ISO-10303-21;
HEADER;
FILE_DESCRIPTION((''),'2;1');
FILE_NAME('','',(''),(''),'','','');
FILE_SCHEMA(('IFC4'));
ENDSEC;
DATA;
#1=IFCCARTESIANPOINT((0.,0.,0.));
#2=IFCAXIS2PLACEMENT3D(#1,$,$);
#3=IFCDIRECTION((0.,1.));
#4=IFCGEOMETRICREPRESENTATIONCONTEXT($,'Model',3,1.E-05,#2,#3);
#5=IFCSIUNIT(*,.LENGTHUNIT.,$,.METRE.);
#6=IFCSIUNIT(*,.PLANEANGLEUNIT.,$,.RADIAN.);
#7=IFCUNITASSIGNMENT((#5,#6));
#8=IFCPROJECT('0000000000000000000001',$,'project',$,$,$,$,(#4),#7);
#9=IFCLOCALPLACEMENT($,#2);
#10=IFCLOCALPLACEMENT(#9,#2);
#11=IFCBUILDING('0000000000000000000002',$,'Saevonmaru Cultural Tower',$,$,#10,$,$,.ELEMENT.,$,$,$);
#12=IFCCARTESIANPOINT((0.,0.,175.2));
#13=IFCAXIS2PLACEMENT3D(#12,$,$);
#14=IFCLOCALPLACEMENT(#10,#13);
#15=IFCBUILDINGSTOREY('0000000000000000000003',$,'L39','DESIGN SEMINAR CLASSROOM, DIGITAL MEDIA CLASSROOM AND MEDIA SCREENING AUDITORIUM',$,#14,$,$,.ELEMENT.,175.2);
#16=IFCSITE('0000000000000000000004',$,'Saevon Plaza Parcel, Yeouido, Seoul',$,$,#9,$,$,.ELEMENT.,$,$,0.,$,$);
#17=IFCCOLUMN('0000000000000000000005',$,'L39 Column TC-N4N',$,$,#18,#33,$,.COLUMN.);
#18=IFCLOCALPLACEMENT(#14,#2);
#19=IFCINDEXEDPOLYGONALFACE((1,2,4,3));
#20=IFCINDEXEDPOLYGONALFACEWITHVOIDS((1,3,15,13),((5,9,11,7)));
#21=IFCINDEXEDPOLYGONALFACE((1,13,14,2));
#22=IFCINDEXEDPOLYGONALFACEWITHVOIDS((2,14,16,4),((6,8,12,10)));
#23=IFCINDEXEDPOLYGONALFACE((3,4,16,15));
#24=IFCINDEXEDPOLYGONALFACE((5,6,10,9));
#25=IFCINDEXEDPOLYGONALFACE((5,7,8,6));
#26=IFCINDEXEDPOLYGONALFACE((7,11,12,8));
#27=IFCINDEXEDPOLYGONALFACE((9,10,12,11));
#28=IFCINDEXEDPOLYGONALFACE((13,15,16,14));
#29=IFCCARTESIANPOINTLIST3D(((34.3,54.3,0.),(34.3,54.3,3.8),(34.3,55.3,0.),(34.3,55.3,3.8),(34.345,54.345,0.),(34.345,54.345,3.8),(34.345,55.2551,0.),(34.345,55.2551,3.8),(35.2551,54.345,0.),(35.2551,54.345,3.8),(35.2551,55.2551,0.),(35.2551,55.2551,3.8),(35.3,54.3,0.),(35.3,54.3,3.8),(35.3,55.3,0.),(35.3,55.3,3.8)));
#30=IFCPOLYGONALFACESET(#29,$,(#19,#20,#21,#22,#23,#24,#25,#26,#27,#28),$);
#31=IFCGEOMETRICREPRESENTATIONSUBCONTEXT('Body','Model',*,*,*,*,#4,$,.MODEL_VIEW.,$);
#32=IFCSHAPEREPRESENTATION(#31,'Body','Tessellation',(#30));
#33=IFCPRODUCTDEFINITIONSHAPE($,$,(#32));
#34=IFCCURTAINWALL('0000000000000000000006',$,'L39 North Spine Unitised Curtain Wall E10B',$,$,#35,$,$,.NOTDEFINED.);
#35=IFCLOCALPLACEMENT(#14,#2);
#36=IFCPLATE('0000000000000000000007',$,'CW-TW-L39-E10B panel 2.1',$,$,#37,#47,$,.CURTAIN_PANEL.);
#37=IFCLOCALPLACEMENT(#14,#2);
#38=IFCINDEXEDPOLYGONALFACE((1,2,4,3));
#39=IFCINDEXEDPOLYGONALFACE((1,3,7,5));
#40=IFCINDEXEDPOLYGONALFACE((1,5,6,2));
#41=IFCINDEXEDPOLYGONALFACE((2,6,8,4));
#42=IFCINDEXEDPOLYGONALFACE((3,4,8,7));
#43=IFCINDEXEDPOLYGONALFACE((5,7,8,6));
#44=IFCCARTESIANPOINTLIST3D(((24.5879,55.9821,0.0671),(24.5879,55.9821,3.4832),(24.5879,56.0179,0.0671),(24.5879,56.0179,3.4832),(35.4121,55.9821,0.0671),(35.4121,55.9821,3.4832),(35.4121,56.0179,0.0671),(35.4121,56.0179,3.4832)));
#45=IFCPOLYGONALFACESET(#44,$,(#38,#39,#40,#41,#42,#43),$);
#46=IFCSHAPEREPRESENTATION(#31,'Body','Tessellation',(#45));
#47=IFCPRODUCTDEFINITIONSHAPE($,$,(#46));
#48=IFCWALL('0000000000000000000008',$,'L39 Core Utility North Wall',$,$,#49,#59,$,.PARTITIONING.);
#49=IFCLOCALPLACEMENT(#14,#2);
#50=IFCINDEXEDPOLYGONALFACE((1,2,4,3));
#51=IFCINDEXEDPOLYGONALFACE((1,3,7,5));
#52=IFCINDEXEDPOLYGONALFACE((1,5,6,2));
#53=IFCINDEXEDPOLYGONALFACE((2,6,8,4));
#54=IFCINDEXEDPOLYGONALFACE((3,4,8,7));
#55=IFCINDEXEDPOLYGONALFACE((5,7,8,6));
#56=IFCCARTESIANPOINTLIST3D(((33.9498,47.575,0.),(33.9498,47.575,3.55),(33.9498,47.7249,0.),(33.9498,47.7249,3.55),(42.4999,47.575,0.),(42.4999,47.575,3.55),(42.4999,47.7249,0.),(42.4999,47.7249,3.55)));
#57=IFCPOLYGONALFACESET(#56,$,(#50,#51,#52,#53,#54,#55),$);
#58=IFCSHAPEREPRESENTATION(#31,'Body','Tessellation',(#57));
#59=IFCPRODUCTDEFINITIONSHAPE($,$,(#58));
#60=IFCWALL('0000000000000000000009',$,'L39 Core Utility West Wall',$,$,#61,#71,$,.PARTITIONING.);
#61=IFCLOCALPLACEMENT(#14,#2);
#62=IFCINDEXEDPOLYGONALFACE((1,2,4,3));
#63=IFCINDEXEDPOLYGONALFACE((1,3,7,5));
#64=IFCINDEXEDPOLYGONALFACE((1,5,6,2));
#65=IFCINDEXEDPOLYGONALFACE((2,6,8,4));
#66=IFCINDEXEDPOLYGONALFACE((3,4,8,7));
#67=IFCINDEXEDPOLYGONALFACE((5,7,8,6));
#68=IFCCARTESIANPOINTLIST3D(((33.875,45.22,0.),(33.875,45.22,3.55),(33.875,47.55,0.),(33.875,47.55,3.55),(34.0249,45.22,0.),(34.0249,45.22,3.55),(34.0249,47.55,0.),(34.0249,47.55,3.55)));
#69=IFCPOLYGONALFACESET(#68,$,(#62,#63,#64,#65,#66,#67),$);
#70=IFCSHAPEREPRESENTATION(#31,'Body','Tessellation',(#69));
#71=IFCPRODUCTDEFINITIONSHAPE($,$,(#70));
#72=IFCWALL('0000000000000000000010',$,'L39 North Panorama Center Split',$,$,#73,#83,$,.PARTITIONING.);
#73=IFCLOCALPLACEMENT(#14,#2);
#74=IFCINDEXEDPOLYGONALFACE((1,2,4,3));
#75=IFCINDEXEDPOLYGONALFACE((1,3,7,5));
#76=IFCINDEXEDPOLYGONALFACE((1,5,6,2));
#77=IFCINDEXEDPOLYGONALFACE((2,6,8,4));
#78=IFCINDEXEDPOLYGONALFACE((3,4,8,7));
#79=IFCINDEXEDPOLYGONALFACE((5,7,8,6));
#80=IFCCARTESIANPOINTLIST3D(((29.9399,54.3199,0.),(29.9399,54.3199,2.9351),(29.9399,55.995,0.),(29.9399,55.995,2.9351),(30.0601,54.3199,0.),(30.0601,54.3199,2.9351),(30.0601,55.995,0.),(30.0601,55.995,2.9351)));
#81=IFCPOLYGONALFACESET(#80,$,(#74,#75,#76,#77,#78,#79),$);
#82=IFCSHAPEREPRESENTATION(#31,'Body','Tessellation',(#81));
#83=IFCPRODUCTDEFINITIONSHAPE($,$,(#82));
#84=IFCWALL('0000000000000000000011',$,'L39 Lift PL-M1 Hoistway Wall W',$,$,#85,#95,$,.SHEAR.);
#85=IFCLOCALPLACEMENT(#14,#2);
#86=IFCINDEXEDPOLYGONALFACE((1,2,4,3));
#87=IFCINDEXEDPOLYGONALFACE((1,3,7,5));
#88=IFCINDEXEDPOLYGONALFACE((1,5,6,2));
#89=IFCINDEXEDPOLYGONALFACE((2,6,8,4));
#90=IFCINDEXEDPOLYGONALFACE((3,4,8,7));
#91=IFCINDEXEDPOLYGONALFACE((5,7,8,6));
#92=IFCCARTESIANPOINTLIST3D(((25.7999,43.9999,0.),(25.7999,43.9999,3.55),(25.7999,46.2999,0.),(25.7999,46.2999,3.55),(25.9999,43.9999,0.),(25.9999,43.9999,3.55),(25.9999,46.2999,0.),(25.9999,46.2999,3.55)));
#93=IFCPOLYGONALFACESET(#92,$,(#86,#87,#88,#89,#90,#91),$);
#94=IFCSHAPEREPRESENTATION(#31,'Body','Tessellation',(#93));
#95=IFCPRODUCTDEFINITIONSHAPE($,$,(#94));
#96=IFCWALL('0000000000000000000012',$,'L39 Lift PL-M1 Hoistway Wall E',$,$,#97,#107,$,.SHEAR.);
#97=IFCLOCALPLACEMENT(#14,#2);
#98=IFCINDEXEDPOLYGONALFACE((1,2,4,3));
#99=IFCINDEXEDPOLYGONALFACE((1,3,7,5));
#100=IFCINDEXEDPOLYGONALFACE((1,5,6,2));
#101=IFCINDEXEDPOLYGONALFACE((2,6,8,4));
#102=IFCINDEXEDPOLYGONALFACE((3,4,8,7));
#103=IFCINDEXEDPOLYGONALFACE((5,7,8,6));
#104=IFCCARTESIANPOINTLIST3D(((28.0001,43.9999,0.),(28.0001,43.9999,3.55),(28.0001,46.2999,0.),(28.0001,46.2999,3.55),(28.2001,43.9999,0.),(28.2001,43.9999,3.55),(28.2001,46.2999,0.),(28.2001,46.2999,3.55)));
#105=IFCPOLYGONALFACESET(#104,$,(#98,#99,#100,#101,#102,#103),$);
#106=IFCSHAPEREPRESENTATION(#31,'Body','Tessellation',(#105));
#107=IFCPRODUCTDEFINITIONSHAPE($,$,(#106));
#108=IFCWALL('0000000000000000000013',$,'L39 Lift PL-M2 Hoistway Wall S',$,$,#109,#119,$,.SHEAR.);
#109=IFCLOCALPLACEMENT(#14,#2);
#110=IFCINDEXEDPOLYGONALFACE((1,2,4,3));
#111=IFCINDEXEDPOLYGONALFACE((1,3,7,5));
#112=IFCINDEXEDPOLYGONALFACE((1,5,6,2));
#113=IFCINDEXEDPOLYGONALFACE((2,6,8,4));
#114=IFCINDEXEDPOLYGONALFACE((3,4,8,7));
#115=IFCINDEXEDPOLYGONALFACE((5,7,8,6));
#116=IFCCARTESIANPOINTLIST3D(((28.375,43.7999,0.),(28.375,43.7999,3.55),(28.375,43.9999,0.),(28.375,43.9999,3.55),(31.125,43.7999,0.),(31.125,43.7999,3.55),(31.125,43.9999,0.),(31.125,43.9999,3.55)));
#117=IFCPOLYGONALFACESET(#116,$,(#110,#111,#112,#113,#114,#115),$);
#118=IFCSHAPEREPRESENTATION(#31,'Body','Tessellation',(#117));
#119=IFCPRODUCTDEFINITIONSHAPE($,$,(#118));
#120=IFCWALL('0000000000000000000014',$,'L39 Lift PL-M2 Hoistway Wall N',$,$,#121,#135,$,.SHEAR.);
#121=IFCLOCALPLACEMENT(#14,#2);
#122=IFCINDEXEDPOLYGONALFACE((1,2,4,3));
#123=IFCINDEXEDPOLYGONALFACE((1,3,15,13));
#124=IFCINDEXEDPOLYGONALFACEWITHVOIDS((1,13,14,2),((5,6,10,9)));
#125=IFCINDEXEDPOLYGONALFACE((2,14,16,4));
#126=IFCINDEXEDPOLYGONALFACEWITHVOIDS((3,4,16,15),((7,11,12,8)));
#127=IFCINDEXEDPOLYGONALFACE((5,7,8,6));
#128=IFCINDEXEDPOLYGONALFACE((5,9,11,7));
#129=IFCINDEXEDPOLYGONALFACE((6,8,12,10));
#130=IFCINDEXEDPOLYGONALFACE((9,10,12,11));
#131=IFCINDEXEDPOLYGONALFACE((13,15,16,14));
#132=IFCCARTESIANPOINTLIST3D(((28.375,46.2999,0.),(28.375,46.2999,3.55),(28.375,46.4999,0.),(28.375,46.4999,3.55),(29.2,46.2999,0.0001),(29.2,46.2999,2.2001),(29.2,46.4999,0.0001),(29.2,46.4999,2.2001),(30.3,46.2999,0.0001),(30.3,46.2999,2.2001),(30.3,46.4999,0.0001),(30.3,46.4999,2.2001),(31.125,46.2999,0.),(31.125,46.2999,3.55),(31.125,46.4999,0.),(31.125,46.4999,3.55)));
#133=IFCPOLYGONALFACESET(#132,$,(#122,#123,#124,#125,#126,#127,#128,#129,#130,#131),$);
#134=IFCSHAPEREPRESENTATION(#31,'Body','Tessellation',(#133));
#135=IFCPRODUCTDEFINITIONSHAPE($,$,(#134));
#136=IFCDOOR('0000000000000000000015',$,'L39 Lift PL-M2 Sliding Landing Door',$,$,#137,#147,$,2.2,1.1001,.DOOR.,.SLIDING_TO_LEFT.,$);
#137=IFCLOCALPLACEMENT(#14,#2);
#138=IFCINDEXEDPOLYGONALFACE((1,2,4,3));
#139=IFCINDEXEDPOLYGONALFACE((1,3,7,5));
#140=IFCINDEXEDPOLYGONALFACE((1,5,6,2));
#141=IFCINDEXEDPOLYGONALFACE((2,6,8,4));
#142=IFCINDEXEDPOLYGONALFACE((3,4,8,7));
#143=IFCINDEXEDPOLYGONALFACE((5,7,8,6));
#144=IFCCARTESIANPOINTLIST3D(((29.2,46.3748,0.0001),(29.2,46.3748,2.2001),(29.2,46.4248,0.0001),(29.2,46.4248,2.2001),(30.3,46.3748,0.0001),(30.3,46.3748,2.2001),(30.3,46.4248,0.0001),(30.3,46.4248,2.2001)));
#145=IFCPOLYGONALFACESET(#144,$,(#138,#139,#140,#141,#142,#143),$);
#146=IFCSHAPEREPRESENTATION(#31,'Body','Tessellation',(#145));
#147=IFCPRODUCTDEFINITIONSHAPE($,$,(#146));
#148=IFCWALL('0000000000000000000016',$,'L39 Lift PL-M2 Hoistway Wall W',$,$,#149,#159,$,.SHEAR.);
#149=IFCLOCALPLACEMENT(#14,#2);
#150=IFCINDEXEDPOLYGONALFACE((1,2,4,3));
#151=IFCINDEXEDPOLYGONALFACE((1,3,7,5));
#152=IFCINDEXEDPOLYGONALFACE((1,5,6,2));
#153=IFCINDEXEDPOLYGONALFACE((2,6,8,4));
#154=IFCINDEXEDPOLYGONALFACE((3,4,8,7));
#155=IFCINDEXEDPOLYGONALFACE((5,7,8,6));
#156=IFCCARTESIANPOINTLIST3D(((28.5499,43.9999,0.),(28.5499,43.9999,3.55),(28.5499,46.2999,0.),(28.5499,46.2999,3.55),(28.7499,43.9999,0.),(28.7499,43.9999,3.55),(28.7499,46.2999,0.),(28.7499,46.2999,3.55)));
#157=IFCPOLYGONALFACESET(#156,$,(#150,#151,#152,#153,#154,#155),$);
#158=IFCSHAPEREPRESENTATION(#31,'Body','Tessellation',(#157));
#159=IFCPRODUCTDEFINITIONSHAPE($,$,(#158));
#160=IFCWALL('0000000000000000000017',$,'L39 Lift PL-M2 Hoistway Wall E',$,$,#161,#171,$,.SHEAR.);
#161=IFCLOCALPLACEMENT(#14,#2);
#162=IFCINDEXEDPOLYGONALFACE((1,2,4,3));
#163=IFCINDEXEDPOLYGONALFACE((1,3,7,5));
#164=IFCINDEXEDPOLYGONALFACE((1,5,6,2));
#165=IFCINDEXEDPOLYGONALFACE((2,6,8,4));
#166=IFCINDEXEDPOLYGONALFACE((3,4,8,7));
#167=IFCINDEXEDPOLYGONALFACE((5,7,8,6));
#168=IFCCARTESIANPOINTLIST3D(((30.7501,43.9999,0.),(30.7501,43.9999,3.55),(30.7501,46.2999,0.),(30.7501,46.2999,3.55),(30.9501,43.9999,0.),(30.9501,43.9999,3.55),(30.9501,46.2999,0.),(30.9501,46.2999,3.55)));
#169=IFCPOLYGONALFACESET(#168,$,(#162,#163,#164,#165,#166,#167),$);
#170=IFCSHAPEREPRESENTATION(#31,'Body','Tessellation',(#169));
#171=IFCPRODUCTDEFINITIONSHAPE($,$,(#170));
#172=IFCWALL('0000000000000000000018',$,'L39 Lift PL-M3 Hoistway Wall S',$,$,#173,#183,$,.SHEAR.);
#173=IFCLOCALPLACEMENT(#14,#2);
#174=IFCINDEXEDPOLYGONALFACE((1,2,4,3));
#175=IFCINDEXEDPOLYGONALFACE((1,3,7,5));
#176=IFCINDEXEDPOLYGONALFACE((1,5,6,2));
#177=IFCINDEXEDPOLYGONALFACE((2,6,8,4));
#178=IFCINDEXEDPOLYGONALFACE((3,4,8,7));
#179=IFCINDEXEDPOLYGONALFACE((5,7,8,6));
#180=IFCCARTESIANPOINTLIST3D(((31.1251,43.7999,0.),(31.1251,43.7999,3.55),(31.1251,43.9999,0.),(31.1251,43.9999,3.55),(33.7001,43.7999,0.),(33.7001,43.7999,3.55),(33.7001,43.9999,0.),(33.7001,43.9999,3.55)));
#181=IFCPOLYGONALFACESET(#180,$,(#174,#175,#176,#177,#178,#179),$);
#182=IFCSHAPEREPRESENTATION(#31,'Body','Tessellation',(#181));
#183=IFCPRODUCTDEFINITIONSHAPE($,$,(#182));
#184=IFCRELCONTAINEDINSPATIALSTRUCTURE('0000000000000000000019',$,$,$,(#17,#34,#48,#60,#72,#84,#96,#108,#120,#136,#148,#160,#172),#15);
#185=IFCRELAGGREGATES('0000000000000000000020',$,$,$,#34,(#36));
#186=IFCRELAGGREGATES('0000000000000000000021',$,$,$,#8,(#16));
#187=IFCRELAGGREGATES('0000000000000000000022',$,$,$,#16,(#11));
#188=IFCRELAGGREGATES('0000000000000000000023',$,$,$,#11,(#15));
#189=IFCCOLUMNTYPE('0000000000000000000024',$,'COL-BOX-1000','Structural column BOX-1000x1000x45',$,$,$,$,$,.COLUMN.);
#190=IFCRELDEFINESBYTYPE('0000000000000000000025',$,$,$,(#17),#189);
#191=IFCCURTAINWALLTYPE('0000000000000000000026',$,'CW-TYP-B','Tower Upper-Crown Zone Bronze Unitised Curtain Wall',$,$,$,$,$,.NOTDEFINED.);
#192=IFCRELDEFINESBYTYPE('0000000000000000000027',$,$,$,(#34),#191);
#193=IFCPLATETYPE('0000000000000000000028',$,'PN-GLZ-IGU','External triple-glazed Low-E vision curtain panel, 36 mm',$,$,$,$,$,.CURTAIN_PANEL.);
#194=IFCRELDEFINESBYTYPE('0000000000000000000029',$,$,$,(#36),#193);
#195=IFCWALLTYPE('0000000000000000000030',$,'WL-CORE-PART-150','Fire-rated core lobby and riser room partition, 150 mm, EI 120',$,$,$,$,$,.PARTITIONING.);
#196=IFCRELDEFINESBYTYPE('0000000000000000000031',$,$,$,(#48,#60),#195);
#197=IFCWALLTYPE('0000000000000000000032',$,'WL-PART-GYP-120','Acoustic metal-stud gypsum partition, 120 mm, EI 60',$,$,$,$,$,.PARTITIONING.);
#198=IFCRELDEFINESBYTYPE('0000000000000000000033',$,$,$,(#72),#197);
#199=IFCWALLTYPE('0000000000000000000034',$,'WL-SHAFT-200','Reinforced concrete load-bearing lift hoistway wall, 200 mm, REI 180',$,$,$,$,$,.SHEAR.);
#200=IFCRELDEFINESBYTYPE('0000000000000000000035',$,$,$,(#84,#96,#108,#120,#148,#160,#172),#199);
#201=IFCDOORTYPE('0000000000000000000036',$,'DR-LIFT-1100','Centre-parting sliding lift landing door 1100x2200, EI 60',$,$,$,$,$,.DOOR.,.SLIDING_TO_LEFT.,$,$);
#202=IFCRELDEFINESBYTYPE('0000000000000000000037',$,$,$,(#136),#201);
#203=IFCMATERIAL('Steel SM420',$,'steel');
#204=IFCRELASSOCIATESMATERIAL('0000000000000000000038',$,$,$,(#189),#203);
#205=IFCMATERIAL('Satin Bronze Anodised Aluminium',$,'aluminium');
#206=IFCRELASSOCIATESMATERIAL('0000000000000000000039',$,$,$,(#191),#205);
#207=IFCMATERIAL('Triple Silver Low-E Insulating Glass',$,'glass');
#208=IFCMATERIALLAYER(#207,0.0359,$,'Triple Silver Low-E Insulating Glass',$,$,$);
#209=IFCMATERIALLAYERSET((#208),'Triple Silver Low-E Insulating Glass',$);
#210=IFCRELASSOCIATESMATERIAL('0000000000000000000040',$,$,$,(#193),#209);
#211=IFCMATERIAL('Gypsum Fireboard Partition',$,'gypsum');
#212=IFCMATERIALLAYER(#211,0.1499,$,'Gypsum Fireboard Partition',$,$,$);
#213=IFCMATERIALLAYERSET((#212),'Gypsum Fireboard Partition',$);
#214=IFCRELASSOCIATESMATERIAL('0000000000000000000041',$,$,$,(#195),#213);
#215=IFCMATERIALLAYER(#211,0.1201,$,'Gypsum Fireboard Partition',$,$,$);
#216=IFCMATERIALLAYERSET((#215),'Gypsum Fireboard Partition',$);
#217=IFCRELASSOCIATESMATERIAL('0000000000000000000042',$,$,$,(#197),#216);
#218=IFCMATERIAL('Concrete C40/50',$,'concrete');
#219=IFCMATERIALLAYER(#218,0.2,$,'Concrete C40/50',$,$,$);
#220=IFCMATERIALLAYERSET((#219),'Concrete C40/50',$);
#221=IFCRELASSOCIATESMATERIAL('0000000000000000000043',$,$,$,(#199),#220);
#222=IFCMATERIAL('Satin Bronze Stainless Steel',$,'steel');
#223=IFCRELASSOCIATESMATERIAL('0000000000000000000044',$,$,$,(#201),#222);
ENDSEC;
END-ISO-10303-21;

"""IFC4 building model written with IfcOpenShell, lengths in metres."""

from ifc_helpers import new_model, si_unit, direction, frame, frame_2d, origin, origin_2d, place, context, subcontext, project, spatial, rectangle, hollow_rectangle, extrude, material, layer, layer_set, material_profile, profile_set, type_object, element, fill, aggregate, save


model = new_model("IFC4")

# Units and contexts
model_context = context("Model", 3, precision=1e-05, world=origin(), true_north=direction((0.0, 1.0)))
body_context = subcontext(model_context, "Body", "Model", "MODEL_VIEW")
ifc_project = project(units=[si_unit("LENGTHUNIT", "METRE"), si_unit("PLANEANGLEUNIT", "RADIAN")], contexts=[model_context])

# Site, building, storey
site_placement = place(None, origin())
site = spatial("IfcSite", under=ifc_project, at=site_placement, Name="Saevon Plaza Parcel, Yeouido, Seoul", CompositionType="ELEMENT", RefElevation=0.0)
building_placement = place(site_placement, origin())
building = spatial("IfcBuilding", under=site, at=building_placement, Name="Saevonmaru Cultural Tower", CompositionType="ELEMENT")
storey_placement = place(building_placement, frame((0.0, 0.0, 175.2)))
storey = spatial("IfcBuildingStorey", under=building, at=storey_placement, Name="L39", Description="DESIGN SEMINAR CLASSROOM, DIGITAL MEDIA CLASSROOM AND MEDIA SCREENING AUDITORIUM", CompositionType="ELEMENT", Elevation=175.2)

# Column
ifc_material_1 = material(Name="Steel SM420", Category="steel")
ifc_material_profile = material_profile(ifc_material_1, hollow_rectangle(XDim=1.0, YDim=1.0, WallThickness=0.0449, at=origin_2d()), Name="BOX-1000x1000x45")
ifc_profile_set = profile_set([ifc_material_profile], Name="Steel SM420")
column_type = type_object("IfcColumnType", Name="COL-BOX-1000", Description="Structural column BOX-1000x1000x45", PredefinedType="COLUMN", material=ifc_profile_set)
column_placement = place(storey_placement, frame((34.8, 54.8, 0.0), z_axis=(0.0, 0.0, 1.0), x_axis=(1.0, 0.0, 0.0)))
element("IfcColumn", 1, at=column_placement, inside=storey, type_object=column_type, Name="L39 Column TC-N4N", PredefinedType="COLUMN", context=body_context, shape_type="SweptSolid", body=[
    extrude(hollow_rectangle(XDim=1.0, YDim=1.0, WallThickness=0.0449, at=origin_2d()), origin(), (0.0, 0.0, 1.0), 3.8),
])

# Curtain wall, plate
ifc_material_2 = material(Name="Satin Bronze Anodised Aluminium", Category="aluminium")
curtain_wall_type = type_object("IfcCurtainWallType", Name="CW-TYP-B", Description="Tower Upper-Crown Zone Bronze Unitised Curtain Wall", PredefinedType="NOTDEFINED", material=ifc_material_2)
curtain_wall_placement = place(storey_placement, origin())
curtain_wall = element("IfcCurtainWall", 2, at=curtain_wall_placement, inside=storey, type_object=curtain_wall_type, Name="L39 North Spine Unitised Curtain Wall E10B", PredefinedType="NOTDEFINED")
ifc_material_3 = material(Name="Triple Silver Low-E Insulating Glass", Category="glass")
ifc_layer_1 = layer(ifc_material_3, 0.0359, Name="Triple Silver Low-E Insulating Glass")
ifc_layer_set_1 = layer_set([ifc_layer_1], Name="Triple Silver Low-E Insulating Glass")
plate_type = type_object("IfcPlateType", Name="PN-GLZ-IGU", Description="External triple-glazed Low-E vision curtain panel, 36 mm", PredefinedType="CURTAIN_PANEL", material=ifc_layer_set_1)
plate_placement = place(storey_placement, frame((30.0, 56.0, 0.0671), z_axis=(0.0, 0.0, 1.0), x_axis=(-1.0, 0.0, 0.0)))
plate = element("IfcPlate", 3, at=plate_placement, type_object=plate_type, Name="CW-TW-L39-E10B panel 2.1", PredefinedType="CURTAIN_PANEL", context=body_context, shape_type="SweptSolid", body=[
    extrude(rectangle(XDim=10.8242, YDim=0.0359, at=origin_2d()), origin(), (0.0, 0.0, 1.0), 3.416),
])
aggregate(curtain_wall, [plate])

# Shared definitions
ifc_material_4 = material(Name="Gypsum Fireboard Partition", Category="gypsum")
ifc_layer_2 = layer(ifc_material_4, 0.1499, Name="Gypsum Fireboard Partition")
ifc_layer_set_2 = layer_set([ifc_layer_2], Name="Gypsum Fireboard Partition")
wall_type_1 = type_object("IfcWallType", Name="WL-CORE-PART-150", Description="Fire-rated core lobby and riser room partition, 150 mm, EI 120", PredefinedType="PARTITIONING", material=ifc_layer_set_2)

# Walls
wall_1_placement = place(storey_placement, frame((33.95, 47.6499, 0.0), z_axis=(0.0, 0.0, 1.0), x_axis=(1.0, 0.0, 0.0)))
element("IfcWall", 4, at=wall_1_placement, inside=storey, type_object=wall_type_1, Name="L39 Core Utility North Wall", PredefinedType="PARTITIONING", context=body_context, shape_type="SweptSolid", body=[
    extrude(rectangle(XDim=8.55, YDim=0.1499, at=frame_2d((4.2749, 0.0))), origin(), (0.0, 0.0, 1.0), 3.55),
])
wall_2_placement = place(storey_placement, frame((33.95, 45.22, 0.0), z_axis=(0.0, 0.0, 1.0), x_axis=(0.0, 1.0, 0.0)))
element("IfcWall", 5, at=wall_2_placement, inside=storey, type_object=wall_type_1, Name="L39 Core Utility West Wall", PredefinedType="PARTITIONING", context=body_context, shape_type="SweptSolid", body=[
    extrude(rectangle(XDim=2.3301, YDim=0.1499, at=frame_2d((1.165, 0.0))), origin(), (0.0, 0.0, 1.0), 3.55),
])
ifc_layer_3 = layer(ifc_material_4, 0.1201, Name="Gypsum Fireboard Partition")
ifc_layer_set_3 = layer_set([ifc_layer_3], Name="Gypsum Fireboard Partition")
wall_type_2 = type_object("IfcWallType", Name="WL-PART-GYP-120", Description="Acoustic metal-stud gypsum partition, 120 mm, EI 60", PredefinedType="PARTITIONING", material=ifc_layer_set_3)
wall_3_placement = place(storey_placement, frame((30.0, 54.3201, 0.0), z_axis=(0.0, 0.0, 1.0), x_axis=(0.0, 1.0, 0.0)))
element("IfcWall", 6, at=wall_3_placement, inside=storey, type_object=wall_type_2, Name="L39 North Panorama Center Split", PredefinedType="PARTITIONING", context=body_context, shape_type="SweptSolid", body=[
    extrude(rectangle(XDim=1.675, YDim=0.1201, at=frame_2d((0.8374, 0.0))), origin(), (0.0, 0.0, 1.0), 2.9351),
])
ifc_material_5 = material(Name="Concrete C40/50", Category="concrete")
ifc_layer_4 = layer(ifc_material_5, 0.2, Name="Concrete C40/50")
ifc_layer_set_4 = layer_set([ifc_layer_4], Name="Concrete C40/50")
wall_type_3 = type_object("IfcWallType", Name="WL-SHAFT-200", Description="Reinforced concrete load-bearing lift hoistway wall, 200 mm, REI 180", PredefinedType="SHEAR", material=ifc_layer_set_4)
for number, where, z_axis, x_axis, name in (
    (7, (25.8999, 44.0, 0.0), (0.0, 0.0, 1.0), (0.0, 1.0, 0.0), "L39 Lift PL-M1 Hoistway Wall W"),
    (8, (28.1001, 44.0, 0.0), (0.0, 0.0, 1.0), (0.0, 1.0, 0.0), "L39 Lift PL-M1 Hoistway Wall E"),
):
    element("IfcWall", number, at=place(storey_placement, frame(where, z_axis=z_axis, x_axis=x_axis)), inside=storey, type_object=wall_type_3, Name=name, PredefinedType="SHEAR", context=body_context, shape_type="SweptSolid", body=[
        extrude(rectangle(XDim=2.3, YDim=0.2, at=frame_2d((1.1499, 0.0))), origin(), (0.0, 0.0, 1.0), 3.55),
    ])
wall_4_placement = place(storey_placement, frame((28.375, 43.8999, 0.0), z_axis=(0.0, 0.0, 1.0), x_axis=(1.0, 0.0, 0.0)))
element("IfcWall", 9, at=wall_4_placement, inside=storey, type_object=wall_type_3, Name="L39 Lift PL-M2 Hoistway Wall S", PredefinedType="SHEAR", context=body_context, shape_type="SweptSolid", body=[
    extrude(rectangle(XDim=2.75, YDim=0.2, at=frame_2d((1.375, 0.0))), origin(), (0.0, 0.0, 1.0), 3.55),
])

# Wall, opening, door
wall_5_placement = place(storey_placement, frame((28.375, 46.3999, 0.0), z_axis=(0.0, 0.0, 1.0), x_axis=(1.0, 0.0, 0.0)))
wall_5 = element("IfcWall", 10, at=wall_5_placement, inside=storey, type_object=wall_type_3, Name="L39 Lift PL-M2 Hoistway Wall N", PredefinedType="SHEAR", context=body_context, shape_type="SweptSolid", body=[
    extrude(rectangle(XDim=2.75, YDim=0.2, at=frame_2d((1.375, 0.0))), origin(), (0.0, 0.0, 1.0), 3.55),
])
opening_1_placement = place(wall_5_placement, frame((0.825, 0.0, 0.0)))
opening_1 = element("IfcOpeningElement", 11, at=opening_1_placement, cuts=wall_5, PredefinedType="OPENING", context=body_context, shape_type="SweptSolid", body=[
    extrude(rectangle(XDim=1.1001, YDim=2.2, at=frame_2d((0.55, 1.1001))), frame((0.0, 0.1099, 0.0), z_axis=(0.0, -1.0, 0.0), x_axis=(1.0, 0.0, 0.0)), (0.0, 0.0, 1.0), 0.22),
])
ifc_material_6 = material(Name="Satin Bronze Stainless Steel", Category="steel")
door_type_1 = type_object("IfcDoorType", Name="DR-LIFT-1100", Description="Centre-parting sliding lift landing door 1100x2200, EI 60", OperationType="SLIDING_TO_LEFT", PredefinedType="DOOR", material=ifc_material_6)
door_1_placement = place(opening_1_placement, origin())
door_1 = element("IfcDoor", 12, at=door_1_placement, inside=storey, type_object=door_type_1, Name="L39 Lift PL-M2 Sliding Landing Door", OperationType="SLIDING_TO_LEFT", OverallHeight=2.2, OverallWidth=1.1001, PredefinedType="DOOR", context=body_context, shape_type="SweptSolid", body=[
    extrude(rectangle(XDim=1.1001, YDim=2.2, at=frame_2d((0.55, 1.1001))), frame((0.0, 0.0249, 0.0), z_axis=(0.0, -1.0, 0.0), x_axis=(1.0, 0.0, 0.0)), (0.0, 0.0, 1.0), 0.05),
])
fill(opening_1, door_1)

# Walls
for number, where, z_axis, x_axis, name in (
    (13, (28.6499, 44.0, 0.0), (0.0, 0.0, 1.0), (0.0, 1.0, 0.0), "L39 Lift PL-M2 Hoistway Wall W"),
    (14, (30.8501, 44.0, 0.0), (0.0, 0.0, 1.0), (0.0, 1.0, 0.0), "L39 Lift PL-M2 Hoistway Wall E"),
):
    element("IfcWall", number, at=place(storey_placement, frame(where, z_axis=z_axis, x_axis=x_axis)), inside=storey, type_object=wall_type_3, Name=name, PredefinedType="SHEAR", context=body_context, shape_type="SweptSolid", body=[
        extrude(rectangle(XDim=2.3, YDim=0.2, at=frame_2d((1.1499, 0.0))), origin(), (0.0, 0.0, 1.0), 3.55),
    ])
wall_6_placement = place(storey_placement, frame((31.125, 43.8999, 0.0), z_axis=(0.0, 0.0, 1.0), x_axis=(1.0, 0.0, 0.0)))
element("IfcWall", 15, at=wall_6_placement, inside=storey, type_object=wall_type_3, Name="L39 Lift PL-M3 Hoistway Wall S", PredefinedType="SHEAR", context=body_context, shape_type="SweptSolid", body=[
    extrude(rectangle(XDim=2.575, YDim=0.2, at=frame_2d((1.2876, 0.0))), origin(), (0.0, 0.0, 1.0), 3.55),
])

save(model, "model.ifc")
